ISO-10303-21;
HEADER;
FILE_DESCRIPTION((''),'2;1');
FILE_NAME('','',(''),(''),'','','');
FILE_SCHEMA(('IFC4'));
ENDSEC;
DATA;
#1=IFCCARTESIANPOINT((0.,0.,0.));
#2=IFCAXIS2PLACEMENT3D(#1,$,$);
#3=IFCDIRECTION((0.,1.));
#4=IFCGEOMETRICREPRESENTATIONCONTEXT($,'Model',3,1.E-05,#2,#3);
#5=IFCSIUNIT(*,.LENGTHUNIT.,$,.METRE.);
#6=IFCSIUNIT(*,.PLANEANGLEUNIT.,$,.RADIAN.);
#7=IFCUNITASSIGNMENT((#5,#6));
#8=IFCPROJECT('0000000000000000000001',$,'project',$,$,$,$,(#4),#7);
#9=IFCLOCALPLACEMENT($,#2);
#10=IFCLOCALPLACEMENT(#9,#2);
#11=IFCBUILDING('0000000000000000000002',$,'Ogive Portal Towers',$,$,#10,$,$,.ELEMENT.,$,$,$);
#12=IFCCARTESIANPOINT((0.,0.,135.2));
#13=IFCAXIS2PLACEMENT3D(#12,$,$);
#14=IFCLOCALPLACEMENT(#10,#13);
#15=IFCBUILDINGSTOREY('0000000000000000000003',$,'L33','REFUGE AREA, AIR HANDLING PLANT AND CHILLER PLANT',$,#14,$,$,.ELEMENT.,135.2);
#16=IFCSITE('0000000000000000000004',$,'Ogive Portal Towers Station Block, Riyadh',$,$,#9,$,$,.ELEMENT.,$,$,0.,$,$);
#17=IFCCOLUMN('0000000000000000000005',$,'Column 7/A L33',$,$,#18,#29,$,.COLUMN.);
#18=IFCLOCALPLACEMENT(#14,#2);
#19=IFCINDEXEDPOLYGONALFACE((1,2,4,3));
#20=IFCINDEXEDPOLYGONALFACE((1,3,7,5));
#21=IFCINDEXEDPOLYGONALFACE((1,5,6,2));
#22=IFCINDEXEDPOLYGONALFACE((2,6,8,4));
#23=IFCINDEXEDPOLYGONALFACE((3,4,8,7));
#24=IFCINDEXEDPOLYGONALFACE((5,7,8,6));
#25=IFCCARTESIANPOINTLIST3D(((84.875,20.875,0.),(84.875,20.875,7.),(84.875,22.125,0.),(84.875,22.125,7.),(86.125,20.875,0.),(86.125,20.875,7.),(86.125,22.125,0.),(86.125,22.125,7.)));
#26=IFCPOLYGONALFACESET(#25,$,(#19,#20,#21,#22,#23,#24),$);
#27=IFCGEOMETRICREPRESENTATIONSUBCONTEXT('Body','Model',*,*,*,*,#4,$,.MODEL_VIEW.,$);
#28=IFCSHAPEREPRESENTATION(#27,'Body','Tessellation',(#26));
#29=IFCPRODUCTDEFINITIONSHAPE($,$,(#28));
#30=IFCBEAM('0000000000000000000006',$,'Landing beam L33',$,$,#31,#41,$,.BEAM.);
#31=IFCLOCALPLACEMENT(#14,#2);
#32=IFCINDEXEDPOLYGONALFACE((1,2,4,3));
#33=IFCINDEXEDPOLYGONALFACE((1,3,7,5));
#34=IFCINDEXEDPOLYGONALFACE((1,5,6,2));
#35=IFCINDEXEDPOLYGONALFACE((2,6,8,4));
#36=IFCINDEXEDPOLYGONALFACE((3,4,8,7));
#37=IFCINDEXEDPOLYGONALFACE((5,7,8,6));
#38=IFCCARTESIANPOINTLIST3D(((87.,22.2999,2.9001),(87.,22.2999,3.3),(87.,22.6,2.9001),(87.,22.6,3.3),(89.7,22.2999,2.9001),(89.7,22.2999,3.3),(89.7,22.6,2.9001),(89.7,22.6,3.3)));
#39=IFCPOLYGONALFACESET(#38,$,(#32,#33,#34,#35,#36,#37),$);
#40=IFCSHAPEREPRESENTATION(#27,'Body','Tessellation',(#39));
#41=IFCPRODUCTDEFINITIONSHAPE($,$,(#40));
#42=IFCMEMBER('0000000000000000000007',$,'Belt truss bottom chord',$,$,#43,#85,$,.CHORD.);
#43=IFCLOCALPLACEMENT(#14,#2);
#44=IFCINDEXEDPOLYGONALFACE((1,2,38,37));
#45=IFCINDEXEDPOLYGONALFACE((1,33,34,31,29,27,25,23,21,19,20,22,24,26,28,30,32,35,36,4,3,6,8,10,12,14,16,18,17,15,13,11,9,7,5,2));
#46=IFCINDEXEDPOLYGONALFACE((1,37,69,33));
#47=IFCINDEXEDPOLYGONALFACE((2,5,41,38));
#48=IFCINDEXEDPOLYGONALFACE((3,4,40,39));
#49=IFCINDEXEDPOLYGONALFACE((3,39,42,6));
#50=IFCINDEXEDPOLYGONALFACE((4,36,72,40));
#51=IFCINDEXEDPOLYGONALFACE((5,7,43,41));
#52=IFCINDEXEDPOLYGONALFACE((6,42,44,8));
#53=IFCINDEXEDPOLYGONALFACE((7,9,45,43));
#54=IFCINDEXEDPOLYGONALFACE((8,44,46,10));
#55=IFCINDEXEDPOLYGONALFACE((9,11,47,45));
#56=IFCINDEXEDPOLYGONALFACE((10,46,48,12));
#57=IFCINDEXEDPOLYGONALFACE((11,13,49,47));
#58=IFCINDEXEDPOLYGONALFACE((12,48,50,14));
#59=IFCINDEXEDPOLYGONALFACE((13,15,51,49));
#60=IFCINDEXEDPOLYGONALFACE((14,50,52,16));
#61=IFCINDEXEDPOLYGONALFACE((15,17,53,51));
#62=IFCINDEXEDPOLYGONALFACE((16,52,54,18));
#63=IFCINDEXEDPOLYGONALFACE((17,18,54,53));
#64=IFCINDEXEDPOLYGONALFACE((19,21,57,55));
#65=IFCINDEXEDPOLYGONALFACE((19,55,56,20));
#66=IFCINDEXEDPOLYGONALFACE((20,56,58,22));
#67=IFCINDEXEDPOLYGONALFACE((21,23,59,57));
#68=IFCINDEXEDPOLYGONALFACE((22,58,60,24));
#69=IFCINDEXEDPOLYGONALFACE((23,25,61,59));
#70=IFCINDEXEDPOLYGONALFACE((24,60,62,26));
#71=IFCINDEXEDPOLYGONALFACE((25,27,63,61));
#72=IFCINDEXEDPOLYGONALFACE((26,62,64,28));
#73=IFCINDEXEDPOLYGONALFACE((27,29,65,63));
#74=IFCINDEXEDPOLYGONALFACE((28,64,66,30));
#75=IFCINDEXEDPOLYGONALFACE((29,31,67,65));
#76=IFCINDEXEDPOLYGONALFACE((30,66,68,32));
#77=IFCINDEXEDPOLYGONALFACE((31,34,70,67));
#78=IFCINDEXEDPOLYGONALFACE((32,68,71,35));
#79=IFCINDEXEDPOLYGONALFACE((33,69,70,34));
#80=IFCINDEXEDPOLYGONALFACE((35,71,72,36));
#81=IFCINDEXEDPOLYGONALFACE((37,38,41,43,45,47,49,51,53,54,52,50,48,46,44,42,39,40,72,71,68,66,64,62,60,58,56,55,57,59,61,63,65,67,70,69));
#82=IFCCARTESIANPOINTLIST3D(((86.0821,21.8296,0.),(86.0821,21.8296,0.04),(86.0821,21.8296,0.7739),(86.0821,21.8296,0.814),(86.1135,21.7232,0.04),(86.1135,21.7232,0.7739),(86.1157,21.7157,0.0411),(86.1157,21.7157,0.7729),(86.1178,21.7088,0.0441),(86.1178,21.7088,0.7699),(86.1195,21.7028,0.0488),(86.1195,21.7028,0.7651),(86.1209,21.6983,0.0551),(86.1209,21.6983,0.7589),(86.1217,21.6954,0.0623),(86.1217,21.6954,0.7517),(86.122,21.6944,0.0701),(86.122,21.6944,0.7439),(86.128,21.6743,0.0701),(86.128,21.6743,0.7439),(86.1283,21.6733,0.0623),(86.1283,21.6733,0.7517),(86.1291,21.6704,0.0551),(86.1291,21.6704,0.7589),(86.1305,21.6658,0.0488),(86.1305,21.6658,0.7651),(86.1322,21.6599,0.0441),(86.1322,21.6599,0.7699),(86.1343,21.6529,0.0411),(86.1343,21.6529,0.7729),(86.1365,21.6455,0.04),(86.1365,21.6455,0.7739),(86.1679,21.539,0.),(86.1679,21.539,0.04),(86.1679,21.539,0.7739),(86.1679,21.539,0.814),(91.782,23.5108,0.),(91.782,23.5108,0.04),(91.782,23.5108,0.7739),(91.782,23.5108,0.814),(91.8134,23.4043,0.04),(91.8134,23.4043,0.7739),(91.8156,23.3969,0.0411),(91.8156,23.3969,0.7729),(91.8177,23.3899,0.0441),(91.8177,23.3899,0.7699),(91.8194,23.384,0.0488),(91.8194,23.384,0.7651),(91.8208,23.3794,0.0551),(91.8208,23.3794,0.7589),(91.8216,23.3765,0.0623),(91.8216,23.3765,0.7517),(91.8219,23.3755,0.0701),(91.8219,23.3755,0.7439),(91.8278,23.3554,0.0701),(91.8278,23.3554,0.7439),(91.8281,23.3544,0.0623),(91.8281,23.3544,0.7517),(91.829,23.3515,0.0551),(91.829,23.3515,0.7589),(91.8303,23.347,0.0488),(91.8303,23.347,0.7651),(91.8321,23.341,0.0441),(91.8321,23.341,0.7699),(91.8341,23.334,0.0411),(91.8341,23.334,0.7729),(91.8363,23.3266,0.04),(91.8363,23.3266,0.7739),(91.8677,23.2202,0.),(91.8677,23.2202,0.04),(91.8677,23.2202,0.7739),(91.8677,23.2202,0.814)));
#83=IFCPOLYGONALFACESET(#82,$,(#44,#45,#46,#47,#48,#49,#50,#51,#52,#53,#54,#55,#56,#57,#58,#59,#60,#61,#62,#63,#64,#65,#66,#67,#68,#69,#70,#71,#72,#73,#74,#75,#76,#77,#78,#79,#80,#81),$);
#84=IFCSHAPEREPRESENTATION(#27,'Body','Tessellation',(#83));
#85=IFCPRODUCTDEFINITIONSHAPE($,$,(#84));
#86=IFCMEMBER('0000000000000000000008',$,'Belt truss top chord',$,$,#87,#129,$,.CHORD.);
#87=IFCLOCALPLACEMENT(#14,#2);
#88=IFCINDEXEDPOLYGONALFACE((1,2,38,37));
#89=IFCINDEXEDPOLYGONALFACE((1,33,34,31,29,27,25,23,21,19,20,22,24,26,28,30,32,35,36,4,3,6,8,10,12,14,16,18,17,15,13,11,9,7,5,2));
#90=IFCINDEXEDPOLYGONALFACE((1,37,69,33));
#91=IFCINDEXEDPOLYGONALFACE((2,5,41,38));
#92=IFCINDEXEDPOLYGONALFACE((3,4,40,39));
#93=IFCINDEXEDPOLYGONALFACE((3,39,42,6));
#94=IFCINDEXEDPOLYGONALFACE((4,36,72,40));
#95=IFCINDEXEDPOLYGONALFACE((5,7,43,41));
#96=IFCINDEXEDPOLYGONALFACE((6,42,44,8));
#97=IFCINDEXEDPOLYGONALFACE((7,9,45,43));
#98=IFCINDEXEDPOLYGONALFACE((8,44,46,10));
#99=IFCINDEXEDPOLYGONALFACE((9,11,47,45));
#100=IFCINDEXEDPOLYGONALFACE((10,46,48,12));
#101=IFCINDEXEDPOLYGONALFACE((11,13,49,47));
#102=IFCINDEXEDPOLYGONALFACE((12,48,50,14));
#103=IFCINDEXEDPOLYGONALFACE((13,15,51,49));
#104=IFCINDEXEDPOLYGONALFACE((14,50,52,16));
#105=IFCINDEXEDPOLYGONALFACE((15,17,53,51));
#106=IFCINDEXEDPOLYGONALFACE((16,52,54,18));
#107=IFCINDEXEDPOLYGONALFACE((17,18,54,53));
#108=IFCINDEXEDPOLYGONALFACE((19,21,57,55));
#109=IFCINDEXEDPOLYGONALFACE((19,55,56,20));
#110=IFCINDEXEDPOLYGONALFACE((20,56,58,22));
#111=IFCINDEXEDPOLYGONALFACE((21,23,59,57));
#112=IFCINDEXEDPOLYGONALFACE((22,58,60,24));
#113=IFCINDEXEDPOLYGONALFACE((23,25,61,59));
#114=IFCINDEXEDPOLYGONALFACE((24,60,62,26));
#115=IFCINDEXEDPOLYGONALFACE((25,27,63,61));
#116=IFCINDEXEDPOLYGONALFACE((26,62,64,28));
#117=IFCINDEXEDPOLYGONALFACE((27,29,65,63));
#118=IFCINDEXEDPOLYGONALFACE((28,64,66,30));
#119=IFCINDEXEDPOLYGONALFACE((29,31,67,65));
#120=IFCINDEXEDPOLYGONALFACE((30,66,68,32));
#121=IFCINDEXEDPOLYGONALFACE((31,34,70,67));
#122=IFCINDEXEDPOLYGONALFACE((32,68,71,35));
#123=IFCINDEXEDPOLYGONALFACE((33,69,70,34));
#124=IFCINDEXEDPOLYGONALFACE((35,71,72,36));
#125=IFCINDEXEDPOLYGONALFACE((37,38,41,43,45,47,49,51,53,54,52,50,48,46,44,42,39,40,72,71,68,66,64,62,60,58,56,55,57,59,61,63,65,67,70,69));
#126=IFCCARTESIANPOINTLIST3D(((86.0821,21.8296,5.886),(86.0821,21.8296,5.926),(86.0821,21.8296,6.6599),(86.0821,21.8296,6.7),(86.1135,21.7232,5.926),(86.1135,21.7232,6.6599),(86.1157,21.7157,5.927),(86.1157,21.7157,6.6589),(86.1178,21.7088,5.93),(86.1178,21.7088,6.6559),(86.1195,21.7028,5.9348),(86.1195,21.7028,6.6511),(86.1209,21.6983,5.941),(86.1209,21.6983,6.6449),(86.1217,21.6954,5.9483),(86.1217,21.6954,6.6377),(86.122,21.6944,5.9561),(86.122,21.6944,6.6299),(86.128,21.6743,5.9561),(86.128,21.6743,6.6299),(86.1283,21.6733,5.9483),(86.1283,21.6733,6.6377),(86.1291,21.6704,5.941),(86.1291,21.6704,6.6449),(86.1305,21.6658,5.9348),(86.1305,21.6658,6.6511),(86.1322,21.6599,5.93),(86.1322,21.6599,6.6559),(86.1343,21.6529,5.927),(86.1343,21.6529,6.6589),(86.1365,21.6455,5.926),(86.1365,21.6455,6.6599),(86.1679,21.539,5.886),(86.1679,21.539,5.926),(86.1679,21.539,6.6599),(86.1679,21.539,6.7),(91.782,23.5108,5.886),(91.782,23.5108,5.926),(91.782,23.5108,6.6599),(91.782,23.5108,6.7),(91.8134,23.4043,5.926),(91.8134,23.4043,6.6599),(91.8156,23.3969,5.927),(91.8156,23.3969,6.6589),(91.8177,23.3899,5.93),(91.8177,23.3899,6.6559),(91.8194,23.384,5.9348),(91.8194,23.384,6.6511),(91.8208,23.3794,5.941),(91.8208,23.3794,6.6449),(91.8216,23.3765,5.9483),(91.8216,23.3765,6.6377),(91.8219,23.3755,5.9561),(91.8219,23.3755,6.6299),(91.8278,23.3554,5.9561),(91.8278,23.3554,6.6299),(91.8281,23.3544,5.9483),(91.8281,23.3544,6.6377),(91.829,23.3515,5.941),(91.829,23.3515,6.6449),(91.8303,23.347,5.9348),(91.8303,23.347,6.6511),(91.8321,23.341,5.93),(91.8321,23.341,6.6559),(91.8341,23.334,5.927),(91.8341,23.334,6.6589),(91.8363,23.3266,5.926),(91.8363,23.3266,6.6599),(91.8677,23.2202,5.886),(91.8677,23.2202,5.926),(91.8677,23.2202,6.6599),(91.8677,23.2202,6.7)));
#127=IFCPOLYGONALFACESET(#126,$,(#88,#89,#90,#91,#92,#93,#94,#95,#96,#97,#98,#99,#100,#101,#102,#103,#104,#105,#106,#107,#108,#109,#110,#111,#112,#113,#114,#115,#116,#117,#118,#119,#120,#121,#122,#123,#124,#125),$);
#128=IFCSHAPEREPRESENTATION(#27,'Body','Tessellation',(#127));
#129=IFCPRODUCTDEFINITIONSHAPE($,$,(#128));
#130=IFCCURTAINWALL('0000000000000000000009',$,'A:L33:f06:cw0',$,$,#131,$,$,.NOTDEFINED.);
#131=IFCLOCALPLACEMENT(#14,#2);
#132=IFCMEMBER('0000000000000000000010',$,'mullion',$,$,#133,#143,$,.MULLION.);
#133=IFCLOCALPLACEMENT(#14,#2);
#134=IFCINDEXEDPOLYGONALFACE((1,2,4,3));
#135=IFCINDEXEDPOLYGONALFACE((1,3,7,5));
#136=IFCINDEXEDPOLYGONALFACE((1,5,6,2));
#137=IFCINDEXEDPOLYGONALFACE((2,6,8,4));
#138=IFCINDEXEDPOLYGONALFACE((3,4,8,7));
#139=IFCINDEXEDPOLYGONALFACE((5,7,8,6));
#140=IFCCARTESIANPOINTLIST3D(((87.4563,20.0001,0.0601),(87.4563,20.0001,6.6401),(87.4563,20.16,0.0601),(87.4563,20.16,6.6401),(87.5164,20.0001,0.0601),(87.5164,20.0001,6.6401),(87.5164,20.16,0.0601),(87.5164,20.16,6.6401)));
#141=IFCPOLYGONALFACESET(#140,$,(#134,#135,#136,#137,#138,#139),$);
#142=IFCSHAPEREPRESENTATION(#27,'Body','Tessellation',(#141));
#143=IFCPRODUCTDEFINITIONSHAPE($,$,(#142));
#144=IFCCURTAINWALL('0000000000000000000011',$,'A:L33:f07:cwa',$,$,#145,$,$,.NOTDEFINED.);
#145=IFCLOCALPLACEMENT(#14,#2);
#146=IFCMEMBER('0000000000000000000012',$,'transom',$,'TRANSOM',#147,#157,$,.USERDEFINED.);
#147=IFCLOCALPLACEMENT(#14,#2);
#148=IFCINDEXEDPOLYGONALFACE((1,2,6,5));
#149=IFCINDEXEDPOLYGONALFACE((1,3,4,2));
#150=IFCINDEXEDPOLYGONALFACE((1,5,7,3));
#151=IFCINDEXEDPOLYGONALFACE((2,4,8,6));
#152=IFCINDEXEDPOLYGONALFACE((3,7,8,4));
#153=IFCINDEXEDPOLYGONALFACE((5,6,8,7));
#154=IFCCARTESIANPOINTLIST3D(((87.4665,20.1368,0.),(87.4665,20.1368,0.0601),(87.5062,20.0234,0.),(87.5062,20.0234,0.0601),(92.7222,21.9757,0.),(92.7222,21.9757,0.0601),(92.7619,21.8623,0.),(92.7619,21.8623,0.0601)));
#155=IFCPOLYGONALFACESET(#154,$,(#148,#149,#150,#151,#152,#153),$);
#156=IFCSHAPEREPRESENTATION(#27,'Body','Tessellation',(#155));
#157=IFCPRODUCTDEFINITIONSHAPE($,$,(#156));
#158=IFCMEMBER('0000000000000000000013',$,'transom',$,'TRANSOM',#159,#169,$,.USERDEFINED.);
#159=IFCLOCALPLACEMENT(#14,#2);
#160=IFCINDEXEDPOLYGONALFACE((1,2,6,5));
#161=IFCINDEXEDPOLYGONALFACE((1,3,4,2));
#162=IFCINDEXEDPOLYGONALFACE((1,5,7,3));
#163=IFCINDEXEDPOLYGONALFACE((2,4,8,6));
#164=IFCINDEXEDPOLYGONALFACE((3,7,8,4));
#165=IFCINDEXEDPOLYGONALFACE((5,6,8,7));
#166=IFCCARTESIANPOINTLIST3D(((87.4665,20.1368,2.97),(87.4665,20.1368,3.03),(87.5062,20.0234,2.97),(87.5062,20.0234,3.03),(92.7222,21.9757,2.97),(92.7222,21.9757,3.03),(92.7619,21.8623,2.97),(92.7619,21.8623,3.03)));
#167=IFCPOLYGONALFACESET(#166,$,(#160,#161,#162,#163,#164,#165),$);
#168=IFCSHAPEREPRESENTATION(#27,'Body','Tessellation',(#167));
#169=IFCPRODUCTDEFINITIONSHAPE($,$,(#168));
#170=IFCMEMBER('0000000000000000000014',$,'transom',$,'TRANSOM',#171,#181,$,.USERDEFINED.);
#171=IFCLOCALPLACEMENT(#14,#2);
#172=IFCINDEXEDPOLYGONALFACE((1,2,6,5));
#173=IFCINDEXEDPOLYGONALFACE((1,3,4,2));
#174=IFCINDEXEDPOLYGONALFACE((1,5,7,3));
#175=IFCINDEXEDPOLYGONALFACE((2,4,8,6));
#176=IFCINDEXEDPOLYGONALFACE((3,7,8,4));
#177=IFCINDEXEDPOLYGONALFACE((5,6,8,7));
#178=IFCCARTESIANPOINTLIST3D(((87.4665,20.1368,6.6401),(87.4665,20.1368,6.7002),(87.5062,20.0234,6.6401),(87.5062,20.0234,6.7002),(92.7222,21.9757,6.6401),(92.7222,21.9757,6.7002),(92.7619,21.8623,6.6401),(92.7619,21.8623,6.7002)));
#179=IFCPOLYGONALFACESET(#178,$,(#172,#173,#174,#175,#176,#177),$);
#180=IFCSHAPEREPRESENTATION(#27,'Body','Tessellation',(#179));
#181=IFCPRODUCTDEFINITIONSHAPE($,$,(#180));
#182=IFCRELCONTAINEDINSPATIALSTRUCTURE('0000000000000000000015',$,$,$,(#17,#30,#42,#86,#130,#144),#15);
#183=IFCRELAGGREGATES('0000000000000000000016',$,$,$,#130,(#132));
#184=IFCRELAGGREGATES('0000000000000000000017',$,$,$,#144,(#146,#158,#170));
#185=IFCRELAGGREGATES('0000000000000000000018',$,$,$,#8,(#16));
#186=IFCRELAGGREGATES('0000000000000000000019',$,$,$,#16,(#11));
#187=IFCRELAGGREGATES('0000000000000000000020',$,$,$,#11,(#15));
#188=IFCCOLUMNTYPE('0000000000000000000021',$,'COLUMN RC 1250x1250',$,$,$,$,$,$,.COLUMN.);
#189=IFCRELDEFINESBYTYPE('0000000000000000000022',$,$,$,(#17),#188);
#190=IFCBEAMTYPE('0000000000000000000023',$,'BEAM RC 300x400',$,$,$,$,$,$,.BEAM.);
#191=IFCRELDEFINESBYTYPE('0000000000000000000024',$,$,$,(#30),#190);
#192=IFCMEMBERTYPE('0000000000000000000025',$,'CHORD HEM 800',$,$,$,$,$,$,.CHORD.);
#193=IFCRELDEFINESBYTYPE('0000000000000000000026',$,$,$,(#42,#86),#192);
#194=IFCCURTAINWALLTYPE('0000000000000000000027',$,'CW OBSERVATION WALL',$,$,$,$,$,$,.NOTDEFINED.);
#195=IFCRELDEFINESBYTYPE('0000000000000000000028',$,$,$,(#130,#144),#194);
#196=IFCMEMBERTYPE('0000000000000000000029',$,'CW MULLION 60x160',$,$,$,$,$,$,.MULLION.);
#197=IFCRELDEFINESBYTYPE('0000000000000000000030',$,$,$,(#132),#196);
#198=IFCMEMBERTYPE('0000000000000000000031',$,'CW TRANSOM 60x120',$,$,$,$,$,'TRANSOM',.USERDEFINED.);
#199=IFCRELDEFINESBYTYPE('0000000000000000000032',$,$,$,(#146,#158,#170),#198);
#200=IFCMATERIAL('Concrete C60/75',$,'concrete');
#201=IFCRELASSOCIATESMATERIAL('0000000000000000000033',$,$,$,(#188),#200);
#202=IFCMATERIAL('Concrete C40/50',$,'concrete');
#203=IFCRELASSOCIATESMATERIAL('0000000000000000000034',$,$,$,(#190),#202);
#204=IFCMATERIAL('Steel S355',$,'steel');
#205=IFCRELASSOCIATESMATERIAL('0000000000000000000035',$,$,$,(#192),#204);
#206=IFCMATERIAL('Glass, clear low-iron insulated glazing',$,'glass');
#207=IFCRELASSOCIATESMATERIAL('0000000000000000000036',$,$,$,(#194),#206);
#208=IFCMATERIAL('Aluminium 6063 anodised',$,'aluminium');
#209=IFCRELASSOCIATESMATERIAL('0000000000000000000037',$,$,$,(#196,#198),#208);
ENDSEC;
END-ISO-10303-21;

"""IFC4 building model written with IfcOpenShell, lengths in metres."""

from ifc_helpers import new_model, si_unit, direction, frame, origin, origin_2d, place, context, subcontext, project, spatial, rectangle, i_section, extrude, material, material_profile, profile_set, type_object, element, aggregate, save


model = new_model("IFC4")

# Units and contexts
model_context = context("Model", 3, precision=1e-05, world=origin(), true_north=direction((0.0, 1.0)))
body_context = subcontext(model_context, "Body", "Model", "MODEL_VIEW")
ifc_project = project(units=[si_unit("LENGTHUNIT", "METRE"), si_unit("PLANEANGLEUNIT", "RADIAN")], contexts=[model_context])

# Site, building, storey
site_placement = place(None, origin())
site = spatial("IfcSite", under=ifc_project, at=site_placement, Name="Ogive Portal Towers Station Block, Riyadh", CompositionType="ELEMENT", RefElevation=0.0)
building_placement = place(site_placement, origin())
building = spatial("IfcBuilding", under=site, at=building_placement, Name="Ogive Portal Towers", CompositionType="ELEMENT")
storey_placement = place(building_placement, frame((0.0, 0.0, 135.2)))
storey = spatial("IfcBuildingStorey", under=building, at=storey_placement, Name="L33", Description="REFUGE AREA, AIR HANDLING PLANT AND CHILLER PLANT", CompositionType="ELEMENT", Elevation=135.2)

# Column
ifc_material_1 = material(Name="Concrete C60/75", Category="concrete")
ifc_material_profile_1 = material_profile(ifc_material_1, rectangle(XDim=1.25, YDim=1.25, at=origin_2d()), Name="RC 1250x1250")
ifc_profile_set_1 = profile_set([ifc_material_profile_1], Name="Concrete C60/75")
column_type = type_object("IfcColumnType", Name="COLUMN RC 1250x1250", PredefinedType="COLUMN", material=ifc_profile_set_1)
column_placement = place(storey_placement, frame((85.5, 21.5, 0.0), z_axis=(0.0, 0.0, 1.0), x_axis=(1.0, 0.0, 0.0)))
element("IfcColumn", 1, at=column_placement, inside=storey, type_object=column_type, Name="Column 7/A L33", PredefinedType="COLUMN", context=body_context, shape_type="SweptSolid", body=[
    extrude(rectangle(XDim=1.25, YDim=1.25, at=origin_2d()), origin(), (0.0, 0.0, 1.0), 7.0),
])

# Beam
ifc_material_2 = material(Name="Concrete C40/50", Category="concrete")
ifc_material_profile_2 = material_profile(ifc_material_2, rectangle(XDim=0.3, YDim=0.3999, at=origin_2d()), Name="RC 300x400")
ifc_profile_set_2 = profile_set([ifc_material_profile_2], Name="Concrete C40/50")
beam_type = type_object("IfcBeamType", Name="BEAM RC 300x400", PredefinedType="BEAM", material=ifc_profile_set_2)
beam_placement = place(storey_placement, frame((87.0, 22.45, 3.1001), z_axis=(1.0, 0.0, 0.0), x_axis=(0.0, 1.0, 0.0)))
element("IfcBeam", 2, at=beam_placement, inside=storey, type_object=beam_type, Name="Landing beam L33", PredefinedType="BEAM", context=body_context, shape_type="SweptSolid", body=[
    extrude(rectangle(XDim=0.3, YDim=0.3999, at=origin_2d()), origin(), (0.0, 0.0, 1.0), 2.7),
])

# Members
ifc_material_3 = material(Name="Steel S355", Category="steel")
ifc_material_profile_3 = material_profile(ifc_material_3, i_section(OverallWidth=0.303, OverallDepth=0.814, WebThickness=0.021, FlangeThickness=0.04, FilletRadius=0.03, at=origin_2d()), Name="HEM 800")
ifc_profile_set_3 = profile_set([ifc_material_profile_3], Name="Steel S355")
member_type_1 = type_object("IfcMemberType", Name="CHORD HEM 800", PredefinedType="CHORD", material=ifc_profile_set_3)
for number, where, z_axis, x_axis, name in (
    (3, (86.125, 21.6843, 0.407), (0.959151, 0.282894, 0.0), (-0.282894, 0.959151, 0.0), "Belt truss bottom chord"),
    (4, (86.125, 21.6843, 6.293), (0.959151, 0.282894, 0.0), (-0.282894, 0.959151, 0.0), "Belt truss top chord"),
):
    element("IfcMember", number, at=place(storey_placement, frame(where, z_axis=z_axis, x_axis=x_axis)), inside=storey, type_object=member_type_1, Name=name, PredefinedType="CHORD", context=body_context, shape_type="SweptSolid", body=[
        extrude(i_section(OverallWidth=0.303, OverallDepth=0.814, WebThickness=0.021, FlangeThickness=0.04, FilletRadius=0.03, at=origin_2d()), origin(), (0.0, 0.0, 1.0), 5.9426),
    ])

# Curtain wall, member
ifc_material_4 = material(Name="Glass, clear low-iron insulated glazing", Category="glass")
curtain_wall_type = type_object("IfcCurtainWallType", Name="CW OBSERVATION WALL", PredefinedType="NOTDEFINED", material=ifc_material_4)
curtain_wall_1_placement = place(storey_placement, origin())
curtain_wall_1 = element("IfcCurtainWall", 5, at=curtain_wall_1_placement, inside=storey, type_object=curtain_wall_type, Name="A:L33:f06:cw0", PredefinedType="NOTDEFINED")
ifc_material_5 = material(Name="Aluminium 6063 anodised", Category="aluminium")
ifc_material_profile_4 = material_profile(ifc_material_5, rectangle(XDim=0.1599, YDim=0.0601, at=origin_2d()), Name="AL 60x160")
ifc_profile_set_4 = profile_set([ifc_material_profile_4], Name="Aluminium 6063 anodised")
member_type_2 = type_object("IfcMemberType", Name="CW MULLION 60x160", PredefinedType="MULLION", material=ifc_profile_set_4)
member_1_placement = place(storey_placement, frame((87.4863, 20.0801, 0.0601), z_axis=(0.0, 0.0, 1.0), x_axis=(0.0, 1.0, 0.0)))
member_1 = element("IfcMember", 6, at=member_1_placement, type_object=member_type_2, Name="mullion", PredefinedType="MULLION", context=body_context, shape_type="SweptSolid", body=[
    extrude(rectangle(XDim=0.1599, YDim=0.0601, at=origin_2d()), origin(), (0.0, 0.0, 1.0), 6.5801),
])

# Curtain wall, members
curtain_wall_2_placement = place(storey_placement, origin())
curtain_wall_2 = element("IfcCurtainWall", 7, at=curtain_wall_2_placement, inside=storey, type_object=curtain_wall_type, Name="A:L33:f07:cwa", PredefinedType="NOTDEFINED")
ifc_material_profile_5 = material_profile(ifc_material_5, rectangle(XDim=0.1201, YDim=0.0601, at=origin_2d()), Name="AL 120x60")
ifc_profile_set_5 = profile_set([ifc_material_profile_5], Name="Aluminium 6063 anodised")
member_type_3 = type_object("IfcMemberType", Name="CW TRANSOM 60x120", ElementType="TRANSOM", PredefinedType="USERDEFINED", material=ifc_profile_set_5)
member_2_placement = place(storey_placement, frame((87.4863, 20.0801, 0.03), z_axis=(0.943892, 0.330255, 0.0), x_axis=(-0.330255, 0.943892, 0.0)))
member_2 = element("IfcMember", 8, at=member_2_placement, type_object=member_type_3, Name="transom", ObjectType="TRANSOM", PredefinedType="USERDEFINED", context=body_context, shape_type="SweptSolid", body=[
    extrude(rectangle(XDim=0.1201, YDim=0.0601, at=origin_2d()), origin(), (0.0, 0.0, 1.0), 5.5681),
])
member_3_placement = place(storey_placement, frame((87.4863, 20.0801, 3.0), z_axis=(0.943892, 0.330255, 0.0), x_axis=(-0.330255, 0.943892, 0.0)))
member_3 = element("IfcMember", 9, at=member_3_placement, type_object=member_type_3, Name="transom", ObjectType="TRANSOM", PredefinedType="USERDEFINED", context=body_context, shape_type="SweptSolid", body=[
    extrude(rectangle(XDim=0.1201, YDim=0.0601, at=origin_2d()), origin(), (0.0, 0.0, 1.0), 5.5681),
])
member_4_placement = place(storey_placement, frame((87.4863, 20.0801, 6.6702), z_axis=(0.943892, 0.330255, 0.0), x_axis=(-0.330255, 0.943892, 0.0)))
member_4 = element("IfcMember", 10, at=member_4_placement, type_object=member_type_3, Name="transom", ObjectType="TRANSOM", PredefinedType="USERDEFINED", context=body_context, shape_type="SweptSolid", body=[
    extrude(rectangle(XDim=0.1201, YDim=0.0601, at=origin_2d()), origin(), (0.0, 0.0, 1.0), 5.5681),
])

aggregate(curtain_wall_1, [member_1])
aggregate(curtain_wall_2, [member_2, member_3, member_4])

save(model, "model.ifc")
